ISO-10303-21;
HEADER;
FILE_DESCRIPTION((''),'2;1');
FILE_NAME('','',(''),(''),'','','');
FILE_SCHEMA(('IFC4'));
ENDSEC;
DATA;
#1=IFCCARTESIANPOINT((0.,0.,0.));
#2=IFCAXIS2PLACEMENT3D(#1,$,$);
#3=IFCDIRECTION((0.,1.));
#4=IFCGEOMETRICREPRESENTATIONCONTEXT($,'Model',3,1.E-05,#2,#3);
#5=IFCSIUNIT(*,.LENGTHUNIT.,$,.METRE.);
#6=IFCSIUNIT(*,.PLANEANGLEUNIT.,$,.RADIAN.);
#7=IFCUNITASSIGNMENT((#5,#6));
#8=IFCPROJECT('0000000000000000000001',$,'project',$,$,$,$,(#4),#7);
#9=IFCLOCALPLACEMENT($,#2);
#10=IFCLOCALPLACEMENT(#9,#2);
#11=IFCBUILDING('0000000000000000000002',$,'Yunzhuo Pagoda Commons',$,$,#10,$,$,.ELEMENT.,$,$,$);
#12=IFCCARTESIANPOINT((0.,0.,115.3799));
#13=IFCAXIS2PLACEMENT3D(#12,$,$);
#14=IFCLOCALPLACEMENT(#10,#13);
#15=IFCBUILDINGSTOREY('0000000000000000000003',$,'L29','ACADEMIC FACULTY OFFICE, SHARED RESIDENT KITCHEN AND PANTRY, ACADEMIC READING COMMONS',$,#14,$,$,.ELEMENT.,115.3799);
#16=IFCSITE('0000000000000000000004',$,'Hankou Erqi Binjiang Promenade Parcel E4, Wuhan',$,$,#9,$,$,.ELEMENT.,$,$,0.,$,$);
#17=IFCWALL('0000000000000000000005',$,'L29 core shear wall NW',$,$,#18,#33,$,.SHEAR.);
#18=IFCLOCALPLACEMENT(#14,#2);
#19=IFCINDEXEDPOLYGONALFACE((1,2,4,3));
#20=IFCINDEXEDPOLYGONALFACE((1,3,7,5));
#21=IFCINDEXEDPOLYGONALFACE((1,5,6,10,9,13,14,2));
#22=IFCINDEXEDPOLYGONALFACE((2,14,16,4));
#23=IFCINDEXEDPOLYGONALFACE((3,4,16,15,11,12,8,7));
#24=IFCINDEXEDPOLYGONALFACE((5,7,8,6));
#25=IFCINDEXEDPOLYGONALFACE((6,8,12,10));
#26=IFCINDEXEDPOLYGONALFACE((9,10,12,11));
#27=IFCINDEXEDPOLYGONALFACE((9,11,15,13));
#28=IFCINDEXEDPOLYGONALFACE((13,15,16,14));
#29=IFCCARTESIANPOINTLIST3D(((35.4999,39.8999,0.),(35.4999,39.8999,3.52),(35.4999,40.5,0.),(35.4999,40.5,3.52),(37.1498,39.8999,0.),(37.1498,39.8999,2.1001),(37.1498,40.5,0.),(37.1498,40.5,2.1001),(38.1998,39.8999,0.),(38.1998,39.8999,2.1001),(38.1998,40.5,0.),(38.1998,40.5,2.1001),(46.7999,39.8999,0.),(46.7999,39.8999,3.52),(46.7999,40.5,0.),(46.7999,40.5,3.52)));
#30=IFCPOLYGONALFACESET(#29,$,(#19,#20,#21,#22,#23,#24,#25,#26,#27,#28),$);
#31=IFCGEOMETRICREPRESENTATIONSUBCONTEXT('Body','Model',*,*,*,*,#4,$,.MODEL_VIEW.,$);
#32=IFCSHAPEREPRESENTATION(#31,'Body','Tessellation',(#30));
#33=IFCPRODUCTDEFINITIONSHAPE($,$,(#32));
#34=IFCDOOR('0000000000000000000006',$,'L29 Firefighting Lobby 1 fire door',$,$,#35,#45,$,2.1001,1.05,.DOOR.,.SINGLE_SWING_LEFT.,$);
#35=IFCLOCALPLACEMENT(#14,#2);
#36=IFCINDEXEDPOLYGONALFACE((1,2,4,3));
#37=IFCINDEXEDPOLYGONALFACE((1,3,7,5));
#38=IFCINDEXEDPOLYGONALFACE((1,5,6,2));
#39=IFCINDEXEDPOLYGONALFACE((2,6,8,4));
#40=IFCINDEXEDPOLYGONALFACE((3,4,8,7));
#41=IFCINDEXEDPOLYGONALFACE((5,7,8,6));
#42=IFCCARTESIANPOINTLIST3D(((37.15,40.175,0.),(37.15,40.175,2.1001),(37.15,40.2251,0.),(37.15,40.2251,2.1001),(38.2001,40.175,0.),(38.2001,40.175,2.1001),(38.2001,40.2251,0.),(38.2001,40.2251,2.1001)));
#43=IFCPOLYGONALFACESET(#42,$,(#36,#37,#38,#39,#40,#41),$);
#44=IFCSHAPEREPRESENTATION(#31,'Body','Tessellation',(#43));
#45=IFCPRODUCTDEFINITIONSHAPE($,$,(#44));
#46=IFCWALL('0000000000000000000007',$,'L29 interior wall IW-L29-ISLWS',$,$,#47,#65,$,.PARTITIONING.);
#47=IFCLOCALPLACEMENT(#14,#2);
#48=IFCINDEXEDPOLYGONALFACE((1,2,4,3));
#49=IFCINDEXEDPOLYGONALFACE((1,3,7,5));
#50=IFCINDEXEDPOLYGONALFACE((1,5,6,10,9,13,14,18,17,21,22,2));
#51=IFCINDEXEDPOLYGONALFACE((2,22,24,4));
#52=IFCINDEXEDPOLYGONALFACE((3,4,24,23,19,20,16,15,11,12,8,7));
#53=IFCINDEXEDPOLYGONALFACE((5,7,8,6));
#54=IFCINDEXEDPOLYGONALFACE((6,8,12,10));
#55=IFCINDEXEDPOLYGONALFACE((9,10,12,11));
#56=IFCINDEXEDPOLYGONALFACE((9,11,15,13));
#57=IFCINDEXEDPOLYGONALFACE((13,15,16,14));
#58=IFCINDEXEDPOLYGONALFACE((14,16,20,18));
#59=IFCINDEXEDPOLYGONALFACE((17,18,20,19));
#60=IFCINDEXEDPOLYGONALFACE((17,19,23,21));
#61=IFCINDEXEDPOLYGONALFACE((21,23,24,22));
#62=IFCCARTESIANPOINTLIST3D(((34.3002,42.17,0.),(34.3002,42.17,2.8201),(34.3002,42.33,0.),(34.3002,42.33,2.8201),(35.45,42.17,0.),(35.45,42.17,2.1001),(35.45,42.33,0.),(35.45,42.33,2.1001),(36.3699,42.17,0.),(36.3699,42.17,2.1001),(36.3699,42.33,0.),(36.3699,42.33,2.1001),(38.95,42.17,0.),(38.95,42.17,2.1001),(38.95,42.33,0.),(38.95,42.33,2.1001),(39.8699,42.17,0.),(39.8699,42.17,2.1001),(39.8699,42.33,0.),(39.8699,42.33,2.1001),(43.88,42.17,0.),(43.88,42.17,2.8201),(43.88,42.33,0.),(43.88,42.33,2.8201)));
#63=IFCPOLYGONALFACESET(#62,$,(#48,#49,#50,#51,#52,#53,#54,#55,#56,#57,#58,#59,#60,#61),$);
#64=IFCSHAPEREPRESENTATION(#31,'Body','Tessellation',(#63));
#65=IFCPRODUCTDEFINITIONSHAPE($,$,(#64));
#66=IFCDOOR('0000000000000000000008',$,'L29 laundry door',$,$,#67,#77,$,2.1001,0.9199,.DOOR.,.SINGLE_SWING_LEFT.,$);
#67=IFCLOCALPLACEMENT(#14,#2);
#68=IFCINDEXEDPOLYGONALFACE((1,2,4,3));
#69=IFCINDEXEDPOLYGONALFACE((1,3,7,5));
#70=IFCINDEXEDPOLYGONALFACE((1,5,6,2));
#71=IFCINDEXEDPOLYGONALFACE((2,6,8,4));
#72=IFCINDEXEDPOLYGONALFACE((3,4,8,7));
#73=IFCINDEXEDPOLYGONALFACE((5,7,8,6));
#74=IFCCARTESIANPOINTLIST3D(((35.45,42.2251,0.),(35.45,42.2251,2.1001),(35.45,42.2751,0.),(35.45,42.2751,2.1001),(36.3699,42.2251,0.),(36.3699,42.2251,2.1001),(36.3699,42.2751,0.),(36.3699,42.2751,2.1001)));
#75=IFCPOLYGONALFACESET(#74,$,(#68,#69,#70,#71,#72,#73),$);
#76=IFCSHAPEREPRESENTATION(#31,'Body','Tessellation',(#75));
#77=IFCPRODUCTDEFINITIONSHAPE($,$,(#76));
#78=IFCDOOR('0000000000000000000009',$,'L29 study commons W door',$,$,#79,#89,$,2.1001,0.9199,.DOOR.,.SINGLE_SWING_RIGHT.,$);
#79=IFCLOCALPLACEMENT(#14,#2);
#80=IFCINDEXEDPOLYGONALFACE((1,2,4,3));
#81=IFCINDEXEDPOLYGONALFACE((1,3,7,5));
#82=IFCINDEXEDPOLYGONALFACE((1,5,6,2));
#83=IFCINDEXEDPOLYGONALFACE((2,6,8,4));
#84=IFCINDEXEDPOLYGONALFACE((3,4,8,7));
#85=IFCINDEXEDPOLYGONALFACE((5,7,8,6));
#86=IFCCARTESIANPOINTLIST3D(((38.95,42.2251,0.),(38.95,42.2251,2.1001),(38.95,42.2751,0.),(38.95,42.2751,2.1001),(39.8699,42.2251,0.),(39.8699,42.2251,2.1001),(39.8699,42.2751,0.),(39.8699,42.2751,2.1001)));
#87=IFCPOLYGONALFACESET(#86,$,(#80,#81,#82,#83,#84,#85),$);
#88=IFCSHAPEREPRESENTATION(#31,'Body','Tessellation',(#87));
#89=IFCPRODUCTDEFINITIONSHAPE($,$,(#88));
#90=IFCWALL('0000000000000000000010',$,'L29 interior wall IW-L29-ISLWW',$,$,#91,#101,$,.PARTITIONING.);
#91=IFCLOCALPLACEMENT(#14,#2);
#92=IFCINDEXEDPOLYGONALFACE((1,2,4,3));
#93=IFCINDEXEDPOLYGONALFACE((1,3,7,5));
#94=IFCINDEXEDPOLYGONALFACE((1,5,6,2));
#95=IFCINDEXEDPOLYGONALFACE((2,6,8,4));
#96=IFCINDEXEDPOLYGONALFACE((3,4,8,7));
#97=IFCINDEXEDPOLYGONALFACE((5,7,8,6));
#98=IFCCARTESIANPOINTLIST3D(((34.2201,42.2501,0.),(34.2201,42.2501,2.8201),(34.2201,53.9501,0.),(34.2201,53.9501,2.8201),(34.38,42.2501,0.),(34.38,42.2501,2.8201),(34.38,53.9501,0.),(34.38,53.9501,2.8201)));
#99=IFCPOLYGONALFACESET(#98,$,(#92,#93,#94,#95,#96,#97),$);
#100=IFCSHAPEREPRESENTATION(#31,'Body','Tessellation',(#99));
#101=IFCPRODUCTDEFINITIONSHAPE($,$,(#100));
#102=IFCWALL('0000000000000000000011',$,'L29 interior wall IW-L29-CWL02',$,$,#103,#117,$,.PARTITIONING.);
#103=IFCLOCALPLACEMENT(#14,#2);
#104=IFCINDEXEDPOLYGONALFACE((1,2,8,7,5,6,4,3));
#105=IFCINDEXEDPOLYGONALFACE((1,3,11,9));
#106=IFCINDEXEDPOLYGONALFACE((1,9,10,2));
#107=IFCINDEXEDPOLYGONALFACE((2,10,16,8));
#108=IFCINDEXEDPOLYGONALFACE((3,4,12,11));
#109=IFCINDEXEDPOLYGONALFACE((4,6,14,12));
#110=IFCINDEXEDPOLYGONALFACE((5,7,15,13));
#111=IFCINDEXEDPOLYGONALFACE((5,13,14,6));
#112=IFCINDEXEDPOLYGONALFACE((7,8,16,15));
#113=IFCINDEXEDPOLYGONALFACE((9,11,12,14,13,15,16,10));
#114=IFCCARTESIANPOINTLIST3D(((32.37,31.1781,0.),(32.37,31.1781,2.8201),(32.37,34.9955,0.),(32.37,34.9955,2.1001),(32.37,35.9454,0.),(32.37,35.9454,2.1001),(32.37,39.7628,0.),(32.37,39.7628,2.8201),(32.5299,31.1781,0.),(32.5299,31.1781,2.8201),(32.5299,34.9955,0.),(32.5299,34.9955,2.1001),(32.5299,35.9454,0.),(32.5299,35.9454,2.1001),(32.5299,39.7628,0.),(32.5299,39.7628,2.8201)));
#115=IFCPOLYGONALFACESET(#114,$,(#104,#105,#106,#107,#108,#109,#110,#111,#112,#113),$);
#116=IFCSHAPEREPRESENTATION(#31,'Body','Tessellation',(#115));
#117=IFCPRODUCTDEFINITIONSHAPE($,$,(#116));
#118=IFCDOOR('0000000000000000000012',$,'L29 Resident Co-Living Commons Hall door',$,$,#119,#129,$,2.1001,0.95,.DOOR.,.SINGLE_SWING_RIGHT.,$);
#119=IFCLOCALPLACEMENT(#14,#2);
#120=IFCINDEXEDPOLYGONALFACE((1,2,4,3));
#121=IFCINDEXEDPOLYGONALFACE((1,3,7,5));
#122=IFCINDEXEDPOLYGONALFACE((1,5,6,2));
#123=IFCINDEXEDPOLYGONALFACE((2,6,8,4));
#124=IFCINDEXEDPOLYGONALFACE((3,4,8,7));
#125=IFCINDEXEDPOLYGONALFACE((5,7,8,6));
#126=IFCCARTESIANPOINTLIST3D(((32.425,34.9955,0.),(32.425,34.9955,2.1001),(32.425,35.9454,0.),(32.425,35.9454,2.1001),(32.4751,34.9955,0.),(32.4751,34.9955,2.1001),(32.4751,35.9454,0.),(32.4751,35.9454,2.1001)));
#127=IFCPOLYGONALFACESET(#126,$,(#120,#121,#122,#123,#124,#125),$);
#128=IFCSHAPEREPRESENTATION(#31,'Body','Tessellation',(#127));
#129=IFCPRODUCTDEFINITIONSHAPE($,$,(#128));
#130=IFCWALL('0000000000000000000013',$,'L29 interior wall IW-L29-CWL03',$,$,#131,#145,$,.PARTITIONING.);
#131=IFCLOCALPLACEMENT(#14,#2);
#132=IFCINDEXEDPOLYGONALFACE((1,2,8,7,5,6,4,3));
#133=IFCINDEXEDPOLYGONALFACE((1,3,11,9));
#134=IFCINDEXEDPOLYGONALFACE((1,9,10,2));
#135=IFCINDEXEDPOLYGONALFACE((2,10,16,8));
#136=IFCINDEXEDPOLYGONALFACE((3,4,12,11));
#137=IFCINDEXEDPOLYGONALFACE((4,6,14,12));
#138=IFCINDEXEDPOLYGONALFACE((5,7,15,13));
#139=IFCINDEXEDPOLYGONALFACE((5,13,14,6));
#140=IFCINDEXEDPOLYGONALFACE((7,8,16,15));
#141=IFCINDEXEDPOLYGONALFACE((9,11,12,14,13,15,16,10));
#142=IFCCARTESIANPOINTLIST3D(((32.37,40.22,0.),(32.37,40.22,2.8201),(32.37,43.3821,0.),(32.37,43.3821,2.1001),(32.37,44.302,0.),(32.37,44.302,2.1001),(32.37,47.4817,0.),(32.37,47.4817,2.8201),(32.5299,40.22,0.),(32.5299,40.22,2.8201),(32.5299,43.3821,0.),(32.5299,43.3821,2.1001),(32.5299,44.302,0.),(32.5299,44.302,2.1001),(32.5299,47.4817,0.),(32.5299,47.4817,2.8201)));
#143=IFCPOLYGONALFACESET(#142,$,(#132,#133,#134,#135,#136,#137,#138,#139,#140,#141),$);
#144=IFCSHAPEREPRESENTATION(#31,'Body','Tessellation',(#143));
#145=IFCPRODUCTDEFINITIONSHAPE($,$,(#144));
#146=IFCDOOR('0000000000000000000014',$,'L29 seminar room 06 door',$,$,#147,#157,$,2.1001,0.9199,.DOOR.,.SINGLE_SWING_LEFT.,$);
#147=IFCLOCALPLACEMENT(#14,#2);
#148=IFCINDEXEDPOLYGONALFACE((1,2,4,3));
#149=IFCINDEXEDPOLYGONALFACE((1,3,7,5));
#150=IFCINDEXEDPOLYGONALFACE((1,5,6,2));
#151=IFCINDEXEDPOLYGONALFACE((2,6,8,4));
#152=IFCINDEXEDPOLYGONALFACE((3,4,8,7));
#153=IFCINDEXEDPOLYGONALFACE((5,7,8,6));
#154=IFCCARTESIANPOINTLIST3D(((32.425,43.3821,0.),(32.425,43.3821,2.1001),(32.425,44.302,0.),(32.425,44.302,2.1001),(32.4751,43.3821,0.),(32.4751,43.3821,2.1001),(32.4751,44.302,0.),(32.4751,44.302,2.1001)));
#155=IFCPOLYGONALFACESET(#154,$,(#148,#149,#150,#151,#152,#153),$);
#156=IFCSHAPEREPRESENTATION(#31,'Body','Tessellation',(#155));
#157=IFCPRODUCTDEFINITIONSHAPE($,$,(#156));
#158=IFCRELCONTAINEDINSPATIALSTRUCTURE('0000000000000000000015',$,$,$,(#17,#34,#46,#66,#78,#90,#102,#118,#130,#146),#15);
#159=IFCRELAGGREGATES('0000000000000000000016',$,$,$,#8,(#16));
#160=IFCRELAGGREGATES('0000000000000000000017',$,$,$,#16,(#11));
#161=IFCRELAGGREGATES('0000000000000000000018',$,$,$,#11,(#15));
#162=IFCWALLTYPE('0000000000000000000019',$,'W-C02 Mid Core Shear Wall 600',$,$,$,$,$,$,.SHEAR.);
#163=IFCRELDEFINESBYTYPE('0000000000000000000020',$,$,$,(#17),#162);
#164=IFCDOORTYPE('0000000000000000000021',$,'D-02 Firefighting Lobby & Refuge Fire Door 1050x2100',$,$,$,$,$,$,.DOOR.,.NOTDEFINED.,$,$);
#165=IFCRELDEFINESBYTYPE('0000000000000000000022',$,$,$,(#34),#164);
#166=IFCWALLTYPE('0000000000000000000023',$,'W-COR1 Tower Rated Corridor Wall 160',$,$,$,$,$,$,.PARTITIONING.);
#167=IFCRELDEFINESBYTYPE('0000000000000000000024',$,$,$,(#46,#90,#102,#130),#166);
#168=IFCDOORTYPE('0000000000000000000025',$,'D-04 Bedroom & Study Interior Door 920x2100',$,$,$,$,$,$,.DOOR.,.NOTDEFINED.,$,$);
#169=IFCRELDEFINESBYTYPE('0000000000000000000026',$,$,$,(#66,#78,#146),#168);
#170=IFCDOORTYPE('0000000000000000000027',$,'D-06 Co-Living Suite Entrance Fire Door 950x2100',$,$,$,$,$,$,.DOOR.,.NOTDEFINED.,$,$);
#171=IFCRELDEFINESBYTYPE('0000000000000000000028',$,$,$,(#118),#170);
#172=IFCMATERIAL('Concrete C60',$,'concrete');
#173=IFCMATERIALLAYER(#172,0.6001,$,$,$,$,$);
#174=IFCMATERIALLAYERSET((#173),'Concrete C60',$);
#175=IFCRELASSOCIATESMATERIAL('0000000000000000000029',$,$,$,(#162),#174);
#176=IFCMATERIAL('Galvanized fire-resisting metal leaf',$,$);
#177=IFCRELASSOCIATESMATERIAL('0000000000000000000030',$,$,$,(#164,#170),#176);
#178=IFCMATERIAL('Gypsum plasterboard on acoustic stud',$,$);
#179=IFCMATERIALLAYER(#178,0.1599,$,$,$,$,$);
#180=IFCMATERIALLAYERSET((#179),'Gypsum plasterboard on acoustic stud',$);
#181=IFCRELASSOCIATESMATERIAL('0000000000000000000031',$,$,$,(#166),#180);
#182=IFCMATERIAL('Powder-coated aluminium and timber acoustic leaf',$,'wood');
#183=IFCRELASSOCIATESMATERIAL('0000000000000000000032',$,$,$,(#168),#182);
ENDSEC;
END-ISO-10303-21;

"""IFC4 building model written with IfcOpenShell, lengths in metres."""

from ifc_helpers import new_model, si_unit, direction, frame, frame_2d, origin, origin_with_axes, place, context, subcontext, project, spatial, rectangle, extrude, source, transform, mapped, material, layer, layer_set, type_object, element, fill, save


model = new_model("IFC4")

# Units and contexts
model_context = context("Model", 3, precision=1e-05, world=origin(), true_north=direction((0.0, 1.0)))
body_context = subcontext(model_context, "Body", "Model", "MODEL_VIEW")
ifc_project = project(units=[si_unit("LENGTHUNIT", "METRE"), si_unit("PLANEANGLEUNIT", "RADIAN")], contexts=[model_context])

# Site, building, storey
site_placement = place(None, origin())
site = spatial("IfcSite", under=ifc_project, at=site_placement, Name="Hankou Erqi Binjiang Promenade Parcel E4, Wuhan", CompositionType="ELEMENT", RefElevation=0.0)
building_placement = place(site_placement, origin())
building = spatial("IfcBuilding", under=site, at=building_placement, Name="Yunzhuo Pagoda Commons", CompositionType="ELEMENT")
storey_placement = place(building_placement, frame((0.0, 0.0, 115.3799)))
storey = spatial("IfcBuildingStorey", under=building, at=storey_placement, Name="L29", Description="ACADEMIC FACULTY OFFICE, SHARED RESIDENT KITCHEN AND PANTRY, ACADEMIC READING COMMONS", CompositionType="ELEMENT", Elevation=115.3799)

# Wall, opening, door
ifc_material_1 = material(Name="Concrete C60", Category="concrete")
ifc_layer_1 = layer(ifc_material_1, 0.6001)
ifc_layer_set_1 = layer_set([ifc_layer_1], Name="Concrete C60")
wall_type_1 = type_object("IfcWallType", Name="W-C02 Mid Core Shear Wall 600", PredefinedType="SHEAR", material=ifc_layer_set_1)
wall_1_placement = place(storey_placement, frame((35.5, 40.2, 0.0), z_axis=(0.0, 0.0, 1.0), x_axis=(1.0, 0.0, 0.0)))
wall_1 = element("IfcWall", 1, at=wall_1_placement, inside=storey, type_object=wall_type_1, Name="L29 core shear wall NW", PredefinedType="SHEAR", context=body_context, shape_type="SweptSolid", body=[
    extrude(rectangle(XDim=11.3, YDim=0.6001, at=frame_2d((5.6499, 0.0))), origin(), (0.0, 0.0, 1.0), 3.52),
])
opening_1_placement = place(wall_1_placement, frame((1.6499, 0.0, 0.0)))
opening_1 = element("IfcOpeningElement", 2, at=opening_1_placement, cuts=wall_1, PredefinedType="OPENING", context=body_context, shape_type="SweptSolid", body=[
    extrude(rectangle(XDim=1.05, YDim=2.1001, at=frame_2d((0.5249, 1.05))), frame((0.0, 0.3101, 0.0), z_axis=(0.0, -1.0, 0.0), x_axis=(1.0, 0.0, 0.0)), (0.0, 0.0, 1.0), 0.6201),
])
ifc_material_2 = material(Name="Galvanized fire-resisting metal leaf")
door_type_1 = type_object("IfcDoorType", Name="D-02 Firefighting Lobby & Refuge Fire Door 1050x2100", OperationType="NOTDEFINED", PredefinedType="DOOR", material=ifc_material_2)
shared_shape_1 = source(origin(), body_context, "Body", "SweptSolid", [
    extrude(rectangle(XDim=1.05, YDim=2.1001, at=frame_2d((0.5249, 1.05))), frame((0.0, 0.0249, 0.0), z_axis=(0.0, -1.0, 0.0), x_axis=(1.0, 0.0, 0.0)), (0.0, 0.0, 1.0), 0.05),
])
door_1_placement = place(opening_1_placement, frame((1.05, 0.0, 0.0), z_axis=(0.0, 0.0, 1.0), x_axis=(-1.0, 0.0, 0.0)))
door_1 = element("IfcDoor", 3, at=door_1_placement, inside=storey, type_object=door_type_1, Name="L29 Firefighting Lobby 1 fire door", OperationType="SINGLE_SWING_LEFT", OverallHeight=2.1001, OverallWidth=1.05, PredefinedType="DOOR", context=body_context, shape_type="MappedRepresentation", body=[
    mapped(shared_shape_1, transform((0.0, 0.0, 0.0), scale=1.0)),
])
fill(opening_1, door_1)

# Wall, openings, doors
ifc_material_3 = material(Name="Gypsum plasterboard on acoustic stud")
ifc_layer_2 = layer(ifc_material_3, 0.1599)
ifc_layer_set_2 = layer_set([ifc_layer_2], Name="Gypsum plasterboard on acoustic stud")
wall_type_2 = type_object("IfcWallType", Name="W-COR1 Tower Rated Corridor Wall 160", PredefinedType="PARTITIONING", material=ifc_layer_set_2)
wall_2_placement = place(storey_placement, frame((34.3, 42.25, 0.0), z_axis=(0.0, 0.0, 1.0), x_axis=(1.0, 0.0, 0.0)))
wall_2 = element("IfcWall", 4, at=wall_2_placement, inside=storey, type_object=wall_type_2, Name="L29 interior wall IW-L29-ISLWS", PredefinedType="PARTITIONING", context=body_context, shape_type="SweptSolid", body=[
    extrude(rectangle(XDim=9.5798, YDim=0.1599, at=frame_2d((4.79, 0.0))), origin(), (0.0, 0.0, 1.0), 2.8201),
])
opening_2_placement = place(wall_2_placement, frame((1.1499, 0.0, 0.0)))
opening_2 = element("IfcOpeningElement", 5, at=opening_2_placement, cuts=wall_2, PredefinedType="OPENING", context=body_context, shape_type="SweptSolid", body=[
    extrude(rectangle(XDim=0.9199, YDim=2.1001, at=frame_2d((0.46, 1.05))), frame((0.0, 0.0898, 0.0), z_axis=(0.0, -1.0, 0.0), x_axis=(1.0, 0.0, 0.0)), (0.0, 0.0, 1.0), 0.1799),
])
opening_3_placement = place(wall_2_placement, frame((4.6499, 0.0, 0.0)))
opening_3 = element("IfcOpeningElement", 6, at=opening_3_placement, cuts=wall_2, PredefinedType="OPENING", context=body_context, shape_type="SweptSolid", body=[
    extrude(rectangle(XDim=0.9199, YDim=2.1001, at=frame_2d((0.46, 1.05))), frame((0.0, 0.0898, 0.0), z_axis=(0.0, -1.0, 0.0), x_axis=(1.0, 0.0, 0.0)), (0.0, 0.0, 1.0), 0.1799),
])
ifc_material_4 = material(Name="Powder-coated aluminium and timber acoustic leaf", Category="wood")
door_type_2 = type_object("IfcDoorType", Name="D-04 Bedroom & Study Interior Door 920x2100", OperationType="NOTDEFINED", PredefinedType="DOOR", material=ifc_material_4)
shared_shape_2 = source(origin(), body_context, "Body", "SweptSolid", [
    extrude(rectangle(XDim=0.9199, YDim=2.1001, at=frame_2d((0.46, 1.05))), frame((0.0, 0.0249, 0.0), z_axis=(0.0, -1.0, 0.0), x_axis=(1.0, 0.0, 0.0)), (0.0, 0.0, 1.0), 0.05),
])
door_2_placement = place(opening_2_placement, frame((0.9199, 0.0, 0.0), z_axis=(0.0, 0.0, 1.0), x_axis=(-1.0, 0.0, 0.0)))
door_2 = element("IfcDoor", 7, at=door_2_placement, inside=storey, type_object=door_type_2, Name="L29 laundry door", OperationType="SINGLE_SWING_LEFT", OverallHeight=2.1001, OverallWidth=0.9199, PredefinedType="DOOR", context=body_context, shape_type="MappedRepresentation", body=[
    mapped(shared_shape_2, transform((0.0, 0.0, 0.0), scale=1.0)),
])
fill(opening_2, door_2)
door_3_placement = place(opening_3_placement, frame((0.9199, 0.0, 0.0), z_axis=(0.0, 0.0, 1.0), x_axis=(-1.0, 0.0, 0.0)))
door_3 = element("IfcDoor", 8, at=door_3_placement, inside=storey, type_object=door_type_2, Name="L29 study commons W door", OperationType="SINGLE_SWING_RIGHT", OverallHeight=2.1001, OverallWidth=0.9199, PredefinedType="DOOR", context=body_context, shape_type="MappedRepresentation", body=[
    mapped(shared_shape_2, transform((0.0, 0.0, 0.0), scale=1.0)),
])
fill(opening_3, door_3)

# Wall
wall_3_placement = place(storey_placement, frame((34.3, 42.25, 0.0), z_axis=(0.0, 0.0, 1.0), x_axis=(0.0, 1.0, 0.0)))
element("IfcWall", 9, at=wall_3_placement, inside=storey, type_object=wall_type_2, Name="L29 interior wall IW-L29-ISLWW", PredefinedType="PARTITIONING", context=body_context, shape_type="SweptSolid", body=[
    extrude(rectangle(XDim=11.7, YDim=0.1599, at=frame_2d((5.8501, 0.0))), origin(), (0.0, 0.0, 1.0), 2.8201),
])

# Walls, openings, doors
wall_4_placement = place(storey_placement, frame((32.45, 31.178, 0.0), z_axis=(0.0, 0.0, 1.0), x_axis=(0.0, 1.0, 0.0)))
wall_4 = element("IfcWall", 10, at=wall_4_placement, inside=storey, type_object=wall_type_2, Name="L29 interior wall IW-L29-CWL02", PredefinedType="PARTITIONING", context=body_context, shape_type="SweptSolid", body=[
    extrude(rectangle(XDim=8.5847, YDim=0.1599, at=frame_2d((4.2925, 0.0))), origin(), (0.0, 0.0, 1.0), 2.8201),
])
opening_4_placement = place(wall_4_placement, frame((3.8174, 0.0, 0.0)))
opening_4 = element("IfcOpeningElement", 11, at=opening_4_placement, cuts=wall_4, PredefinedType="OPENING", context=body_context, shape_type="SweptSolid", body=[
    extrude(rectangle(XDim=0.95, YDim=2.1001, at=frame_2d((0.4751, 1.05))), frame((0.0, 0.0898, 0.0), z_axis=(0.0, -1.0, 0.0), x_axis=(1.0, 0.0, 0.0)), (0.0, 0.0, 1.0), 0.1799),
])
door_type_3 = type_object("IfcDoorType", Name="D-06 Co-Living Suite Entrance Fire Door 950x2100", OperationType="NOTDEFINED", PredefinedType="DOOR", material=ifc_material_2)
shared_shape_3 = source(origin(), body_context, "Body", "SweptSolid", [
    extrude(rectangle(XDim=0.95, YDim=2.1001, at=frame_2d((0.4751, 1.05))), frame((0.0, 0.0249, 0.0), z_axis=(0.0, -1.0, 0.0), x_axis=(1.0, 0.0, 0.0)), (0.0, 0.0, 1.0), 0.05),
])
door_4_placement = place(opening_4_placement, origin_with_axes())
door_4 = element("IfcDoor", 12, at=door_4_placement, inside=storey, type_object=door_type_3, Name="L29 Resident Co-Living Commons Hall door", OperationType="SINGLE_SWING_RIGHT", OverallHeight=2.1001, OverallWidth=0.95, PredefinedType="DOOR", context=body_context, shape_type="MappedRepresentation", body=[
    mapped(shared_shape_3, transform((0.0, 0.0, 0.0), scale=1.0)),
])
fill(opening_4, door_4)
wall_5_placement = place(storey_placement, frame((32.45, 40.22, 0.0), z_axis=(0.0, 0.0, 1.0), x_axis=(0.0, 1.0, 0.0)))
wall_5 = element("IfcWall", 13, at=wall_5_placement, inside=storey, type_object=wall_type_2, Name="L29 interior wall IW-L29-CWL03", PredefinedType="PARTITIONING", context=body_context, shape_type="SweptSolid", body=[
    extrude(rectangle(XDim=7.2617, YDim=0.1599, at=frame_2d((3.6309, 0.0))), origin(), (0.0, 0.0, 1.0), 2.8201),
])
opening_5_placement = place(wall_5_placement, frame((3.1621, 0.0, 0.0)))
opening_5 = element("IfcOpeningElement", 14, at=opening_5_placement, cuts=wall_5, PredefinedType="OPENING", context=body_context, shape_type="SweptSolid", body=[
    extrude(rectangle(XDim=0.9199, YDim=2.1001, at=frame_2d((0.46, 1.05))), frame((0.0, 0.0898, 0.0), z_axis=(0.0, -1.0, 0.0), x_axis=(1.0, 0.0, 0.0)), (0.0, 0.0, 1.0), 0.1799),
])
door_5_placement = place(opening_5_placement, origin_with_axes())
door_5 = element("IfcDoor", 15, at=door_5_placement, inside=storey, type_object=door_type_2, Name="L29 seminar room 06 door", OperationType="SINGLE_SWING_LEFT", OverallHeight=2.1001, OverallWidth=0.9199, PredefinedType="DOOR", context=body_context, shape_type="MappedRepresentation", body=[
    mapped(shared_shape_2, transform((0.0, 0.0, 0.0), scale=1.0)),
])
fill(opening_5, door_5)

save(model, "model.ifc")
